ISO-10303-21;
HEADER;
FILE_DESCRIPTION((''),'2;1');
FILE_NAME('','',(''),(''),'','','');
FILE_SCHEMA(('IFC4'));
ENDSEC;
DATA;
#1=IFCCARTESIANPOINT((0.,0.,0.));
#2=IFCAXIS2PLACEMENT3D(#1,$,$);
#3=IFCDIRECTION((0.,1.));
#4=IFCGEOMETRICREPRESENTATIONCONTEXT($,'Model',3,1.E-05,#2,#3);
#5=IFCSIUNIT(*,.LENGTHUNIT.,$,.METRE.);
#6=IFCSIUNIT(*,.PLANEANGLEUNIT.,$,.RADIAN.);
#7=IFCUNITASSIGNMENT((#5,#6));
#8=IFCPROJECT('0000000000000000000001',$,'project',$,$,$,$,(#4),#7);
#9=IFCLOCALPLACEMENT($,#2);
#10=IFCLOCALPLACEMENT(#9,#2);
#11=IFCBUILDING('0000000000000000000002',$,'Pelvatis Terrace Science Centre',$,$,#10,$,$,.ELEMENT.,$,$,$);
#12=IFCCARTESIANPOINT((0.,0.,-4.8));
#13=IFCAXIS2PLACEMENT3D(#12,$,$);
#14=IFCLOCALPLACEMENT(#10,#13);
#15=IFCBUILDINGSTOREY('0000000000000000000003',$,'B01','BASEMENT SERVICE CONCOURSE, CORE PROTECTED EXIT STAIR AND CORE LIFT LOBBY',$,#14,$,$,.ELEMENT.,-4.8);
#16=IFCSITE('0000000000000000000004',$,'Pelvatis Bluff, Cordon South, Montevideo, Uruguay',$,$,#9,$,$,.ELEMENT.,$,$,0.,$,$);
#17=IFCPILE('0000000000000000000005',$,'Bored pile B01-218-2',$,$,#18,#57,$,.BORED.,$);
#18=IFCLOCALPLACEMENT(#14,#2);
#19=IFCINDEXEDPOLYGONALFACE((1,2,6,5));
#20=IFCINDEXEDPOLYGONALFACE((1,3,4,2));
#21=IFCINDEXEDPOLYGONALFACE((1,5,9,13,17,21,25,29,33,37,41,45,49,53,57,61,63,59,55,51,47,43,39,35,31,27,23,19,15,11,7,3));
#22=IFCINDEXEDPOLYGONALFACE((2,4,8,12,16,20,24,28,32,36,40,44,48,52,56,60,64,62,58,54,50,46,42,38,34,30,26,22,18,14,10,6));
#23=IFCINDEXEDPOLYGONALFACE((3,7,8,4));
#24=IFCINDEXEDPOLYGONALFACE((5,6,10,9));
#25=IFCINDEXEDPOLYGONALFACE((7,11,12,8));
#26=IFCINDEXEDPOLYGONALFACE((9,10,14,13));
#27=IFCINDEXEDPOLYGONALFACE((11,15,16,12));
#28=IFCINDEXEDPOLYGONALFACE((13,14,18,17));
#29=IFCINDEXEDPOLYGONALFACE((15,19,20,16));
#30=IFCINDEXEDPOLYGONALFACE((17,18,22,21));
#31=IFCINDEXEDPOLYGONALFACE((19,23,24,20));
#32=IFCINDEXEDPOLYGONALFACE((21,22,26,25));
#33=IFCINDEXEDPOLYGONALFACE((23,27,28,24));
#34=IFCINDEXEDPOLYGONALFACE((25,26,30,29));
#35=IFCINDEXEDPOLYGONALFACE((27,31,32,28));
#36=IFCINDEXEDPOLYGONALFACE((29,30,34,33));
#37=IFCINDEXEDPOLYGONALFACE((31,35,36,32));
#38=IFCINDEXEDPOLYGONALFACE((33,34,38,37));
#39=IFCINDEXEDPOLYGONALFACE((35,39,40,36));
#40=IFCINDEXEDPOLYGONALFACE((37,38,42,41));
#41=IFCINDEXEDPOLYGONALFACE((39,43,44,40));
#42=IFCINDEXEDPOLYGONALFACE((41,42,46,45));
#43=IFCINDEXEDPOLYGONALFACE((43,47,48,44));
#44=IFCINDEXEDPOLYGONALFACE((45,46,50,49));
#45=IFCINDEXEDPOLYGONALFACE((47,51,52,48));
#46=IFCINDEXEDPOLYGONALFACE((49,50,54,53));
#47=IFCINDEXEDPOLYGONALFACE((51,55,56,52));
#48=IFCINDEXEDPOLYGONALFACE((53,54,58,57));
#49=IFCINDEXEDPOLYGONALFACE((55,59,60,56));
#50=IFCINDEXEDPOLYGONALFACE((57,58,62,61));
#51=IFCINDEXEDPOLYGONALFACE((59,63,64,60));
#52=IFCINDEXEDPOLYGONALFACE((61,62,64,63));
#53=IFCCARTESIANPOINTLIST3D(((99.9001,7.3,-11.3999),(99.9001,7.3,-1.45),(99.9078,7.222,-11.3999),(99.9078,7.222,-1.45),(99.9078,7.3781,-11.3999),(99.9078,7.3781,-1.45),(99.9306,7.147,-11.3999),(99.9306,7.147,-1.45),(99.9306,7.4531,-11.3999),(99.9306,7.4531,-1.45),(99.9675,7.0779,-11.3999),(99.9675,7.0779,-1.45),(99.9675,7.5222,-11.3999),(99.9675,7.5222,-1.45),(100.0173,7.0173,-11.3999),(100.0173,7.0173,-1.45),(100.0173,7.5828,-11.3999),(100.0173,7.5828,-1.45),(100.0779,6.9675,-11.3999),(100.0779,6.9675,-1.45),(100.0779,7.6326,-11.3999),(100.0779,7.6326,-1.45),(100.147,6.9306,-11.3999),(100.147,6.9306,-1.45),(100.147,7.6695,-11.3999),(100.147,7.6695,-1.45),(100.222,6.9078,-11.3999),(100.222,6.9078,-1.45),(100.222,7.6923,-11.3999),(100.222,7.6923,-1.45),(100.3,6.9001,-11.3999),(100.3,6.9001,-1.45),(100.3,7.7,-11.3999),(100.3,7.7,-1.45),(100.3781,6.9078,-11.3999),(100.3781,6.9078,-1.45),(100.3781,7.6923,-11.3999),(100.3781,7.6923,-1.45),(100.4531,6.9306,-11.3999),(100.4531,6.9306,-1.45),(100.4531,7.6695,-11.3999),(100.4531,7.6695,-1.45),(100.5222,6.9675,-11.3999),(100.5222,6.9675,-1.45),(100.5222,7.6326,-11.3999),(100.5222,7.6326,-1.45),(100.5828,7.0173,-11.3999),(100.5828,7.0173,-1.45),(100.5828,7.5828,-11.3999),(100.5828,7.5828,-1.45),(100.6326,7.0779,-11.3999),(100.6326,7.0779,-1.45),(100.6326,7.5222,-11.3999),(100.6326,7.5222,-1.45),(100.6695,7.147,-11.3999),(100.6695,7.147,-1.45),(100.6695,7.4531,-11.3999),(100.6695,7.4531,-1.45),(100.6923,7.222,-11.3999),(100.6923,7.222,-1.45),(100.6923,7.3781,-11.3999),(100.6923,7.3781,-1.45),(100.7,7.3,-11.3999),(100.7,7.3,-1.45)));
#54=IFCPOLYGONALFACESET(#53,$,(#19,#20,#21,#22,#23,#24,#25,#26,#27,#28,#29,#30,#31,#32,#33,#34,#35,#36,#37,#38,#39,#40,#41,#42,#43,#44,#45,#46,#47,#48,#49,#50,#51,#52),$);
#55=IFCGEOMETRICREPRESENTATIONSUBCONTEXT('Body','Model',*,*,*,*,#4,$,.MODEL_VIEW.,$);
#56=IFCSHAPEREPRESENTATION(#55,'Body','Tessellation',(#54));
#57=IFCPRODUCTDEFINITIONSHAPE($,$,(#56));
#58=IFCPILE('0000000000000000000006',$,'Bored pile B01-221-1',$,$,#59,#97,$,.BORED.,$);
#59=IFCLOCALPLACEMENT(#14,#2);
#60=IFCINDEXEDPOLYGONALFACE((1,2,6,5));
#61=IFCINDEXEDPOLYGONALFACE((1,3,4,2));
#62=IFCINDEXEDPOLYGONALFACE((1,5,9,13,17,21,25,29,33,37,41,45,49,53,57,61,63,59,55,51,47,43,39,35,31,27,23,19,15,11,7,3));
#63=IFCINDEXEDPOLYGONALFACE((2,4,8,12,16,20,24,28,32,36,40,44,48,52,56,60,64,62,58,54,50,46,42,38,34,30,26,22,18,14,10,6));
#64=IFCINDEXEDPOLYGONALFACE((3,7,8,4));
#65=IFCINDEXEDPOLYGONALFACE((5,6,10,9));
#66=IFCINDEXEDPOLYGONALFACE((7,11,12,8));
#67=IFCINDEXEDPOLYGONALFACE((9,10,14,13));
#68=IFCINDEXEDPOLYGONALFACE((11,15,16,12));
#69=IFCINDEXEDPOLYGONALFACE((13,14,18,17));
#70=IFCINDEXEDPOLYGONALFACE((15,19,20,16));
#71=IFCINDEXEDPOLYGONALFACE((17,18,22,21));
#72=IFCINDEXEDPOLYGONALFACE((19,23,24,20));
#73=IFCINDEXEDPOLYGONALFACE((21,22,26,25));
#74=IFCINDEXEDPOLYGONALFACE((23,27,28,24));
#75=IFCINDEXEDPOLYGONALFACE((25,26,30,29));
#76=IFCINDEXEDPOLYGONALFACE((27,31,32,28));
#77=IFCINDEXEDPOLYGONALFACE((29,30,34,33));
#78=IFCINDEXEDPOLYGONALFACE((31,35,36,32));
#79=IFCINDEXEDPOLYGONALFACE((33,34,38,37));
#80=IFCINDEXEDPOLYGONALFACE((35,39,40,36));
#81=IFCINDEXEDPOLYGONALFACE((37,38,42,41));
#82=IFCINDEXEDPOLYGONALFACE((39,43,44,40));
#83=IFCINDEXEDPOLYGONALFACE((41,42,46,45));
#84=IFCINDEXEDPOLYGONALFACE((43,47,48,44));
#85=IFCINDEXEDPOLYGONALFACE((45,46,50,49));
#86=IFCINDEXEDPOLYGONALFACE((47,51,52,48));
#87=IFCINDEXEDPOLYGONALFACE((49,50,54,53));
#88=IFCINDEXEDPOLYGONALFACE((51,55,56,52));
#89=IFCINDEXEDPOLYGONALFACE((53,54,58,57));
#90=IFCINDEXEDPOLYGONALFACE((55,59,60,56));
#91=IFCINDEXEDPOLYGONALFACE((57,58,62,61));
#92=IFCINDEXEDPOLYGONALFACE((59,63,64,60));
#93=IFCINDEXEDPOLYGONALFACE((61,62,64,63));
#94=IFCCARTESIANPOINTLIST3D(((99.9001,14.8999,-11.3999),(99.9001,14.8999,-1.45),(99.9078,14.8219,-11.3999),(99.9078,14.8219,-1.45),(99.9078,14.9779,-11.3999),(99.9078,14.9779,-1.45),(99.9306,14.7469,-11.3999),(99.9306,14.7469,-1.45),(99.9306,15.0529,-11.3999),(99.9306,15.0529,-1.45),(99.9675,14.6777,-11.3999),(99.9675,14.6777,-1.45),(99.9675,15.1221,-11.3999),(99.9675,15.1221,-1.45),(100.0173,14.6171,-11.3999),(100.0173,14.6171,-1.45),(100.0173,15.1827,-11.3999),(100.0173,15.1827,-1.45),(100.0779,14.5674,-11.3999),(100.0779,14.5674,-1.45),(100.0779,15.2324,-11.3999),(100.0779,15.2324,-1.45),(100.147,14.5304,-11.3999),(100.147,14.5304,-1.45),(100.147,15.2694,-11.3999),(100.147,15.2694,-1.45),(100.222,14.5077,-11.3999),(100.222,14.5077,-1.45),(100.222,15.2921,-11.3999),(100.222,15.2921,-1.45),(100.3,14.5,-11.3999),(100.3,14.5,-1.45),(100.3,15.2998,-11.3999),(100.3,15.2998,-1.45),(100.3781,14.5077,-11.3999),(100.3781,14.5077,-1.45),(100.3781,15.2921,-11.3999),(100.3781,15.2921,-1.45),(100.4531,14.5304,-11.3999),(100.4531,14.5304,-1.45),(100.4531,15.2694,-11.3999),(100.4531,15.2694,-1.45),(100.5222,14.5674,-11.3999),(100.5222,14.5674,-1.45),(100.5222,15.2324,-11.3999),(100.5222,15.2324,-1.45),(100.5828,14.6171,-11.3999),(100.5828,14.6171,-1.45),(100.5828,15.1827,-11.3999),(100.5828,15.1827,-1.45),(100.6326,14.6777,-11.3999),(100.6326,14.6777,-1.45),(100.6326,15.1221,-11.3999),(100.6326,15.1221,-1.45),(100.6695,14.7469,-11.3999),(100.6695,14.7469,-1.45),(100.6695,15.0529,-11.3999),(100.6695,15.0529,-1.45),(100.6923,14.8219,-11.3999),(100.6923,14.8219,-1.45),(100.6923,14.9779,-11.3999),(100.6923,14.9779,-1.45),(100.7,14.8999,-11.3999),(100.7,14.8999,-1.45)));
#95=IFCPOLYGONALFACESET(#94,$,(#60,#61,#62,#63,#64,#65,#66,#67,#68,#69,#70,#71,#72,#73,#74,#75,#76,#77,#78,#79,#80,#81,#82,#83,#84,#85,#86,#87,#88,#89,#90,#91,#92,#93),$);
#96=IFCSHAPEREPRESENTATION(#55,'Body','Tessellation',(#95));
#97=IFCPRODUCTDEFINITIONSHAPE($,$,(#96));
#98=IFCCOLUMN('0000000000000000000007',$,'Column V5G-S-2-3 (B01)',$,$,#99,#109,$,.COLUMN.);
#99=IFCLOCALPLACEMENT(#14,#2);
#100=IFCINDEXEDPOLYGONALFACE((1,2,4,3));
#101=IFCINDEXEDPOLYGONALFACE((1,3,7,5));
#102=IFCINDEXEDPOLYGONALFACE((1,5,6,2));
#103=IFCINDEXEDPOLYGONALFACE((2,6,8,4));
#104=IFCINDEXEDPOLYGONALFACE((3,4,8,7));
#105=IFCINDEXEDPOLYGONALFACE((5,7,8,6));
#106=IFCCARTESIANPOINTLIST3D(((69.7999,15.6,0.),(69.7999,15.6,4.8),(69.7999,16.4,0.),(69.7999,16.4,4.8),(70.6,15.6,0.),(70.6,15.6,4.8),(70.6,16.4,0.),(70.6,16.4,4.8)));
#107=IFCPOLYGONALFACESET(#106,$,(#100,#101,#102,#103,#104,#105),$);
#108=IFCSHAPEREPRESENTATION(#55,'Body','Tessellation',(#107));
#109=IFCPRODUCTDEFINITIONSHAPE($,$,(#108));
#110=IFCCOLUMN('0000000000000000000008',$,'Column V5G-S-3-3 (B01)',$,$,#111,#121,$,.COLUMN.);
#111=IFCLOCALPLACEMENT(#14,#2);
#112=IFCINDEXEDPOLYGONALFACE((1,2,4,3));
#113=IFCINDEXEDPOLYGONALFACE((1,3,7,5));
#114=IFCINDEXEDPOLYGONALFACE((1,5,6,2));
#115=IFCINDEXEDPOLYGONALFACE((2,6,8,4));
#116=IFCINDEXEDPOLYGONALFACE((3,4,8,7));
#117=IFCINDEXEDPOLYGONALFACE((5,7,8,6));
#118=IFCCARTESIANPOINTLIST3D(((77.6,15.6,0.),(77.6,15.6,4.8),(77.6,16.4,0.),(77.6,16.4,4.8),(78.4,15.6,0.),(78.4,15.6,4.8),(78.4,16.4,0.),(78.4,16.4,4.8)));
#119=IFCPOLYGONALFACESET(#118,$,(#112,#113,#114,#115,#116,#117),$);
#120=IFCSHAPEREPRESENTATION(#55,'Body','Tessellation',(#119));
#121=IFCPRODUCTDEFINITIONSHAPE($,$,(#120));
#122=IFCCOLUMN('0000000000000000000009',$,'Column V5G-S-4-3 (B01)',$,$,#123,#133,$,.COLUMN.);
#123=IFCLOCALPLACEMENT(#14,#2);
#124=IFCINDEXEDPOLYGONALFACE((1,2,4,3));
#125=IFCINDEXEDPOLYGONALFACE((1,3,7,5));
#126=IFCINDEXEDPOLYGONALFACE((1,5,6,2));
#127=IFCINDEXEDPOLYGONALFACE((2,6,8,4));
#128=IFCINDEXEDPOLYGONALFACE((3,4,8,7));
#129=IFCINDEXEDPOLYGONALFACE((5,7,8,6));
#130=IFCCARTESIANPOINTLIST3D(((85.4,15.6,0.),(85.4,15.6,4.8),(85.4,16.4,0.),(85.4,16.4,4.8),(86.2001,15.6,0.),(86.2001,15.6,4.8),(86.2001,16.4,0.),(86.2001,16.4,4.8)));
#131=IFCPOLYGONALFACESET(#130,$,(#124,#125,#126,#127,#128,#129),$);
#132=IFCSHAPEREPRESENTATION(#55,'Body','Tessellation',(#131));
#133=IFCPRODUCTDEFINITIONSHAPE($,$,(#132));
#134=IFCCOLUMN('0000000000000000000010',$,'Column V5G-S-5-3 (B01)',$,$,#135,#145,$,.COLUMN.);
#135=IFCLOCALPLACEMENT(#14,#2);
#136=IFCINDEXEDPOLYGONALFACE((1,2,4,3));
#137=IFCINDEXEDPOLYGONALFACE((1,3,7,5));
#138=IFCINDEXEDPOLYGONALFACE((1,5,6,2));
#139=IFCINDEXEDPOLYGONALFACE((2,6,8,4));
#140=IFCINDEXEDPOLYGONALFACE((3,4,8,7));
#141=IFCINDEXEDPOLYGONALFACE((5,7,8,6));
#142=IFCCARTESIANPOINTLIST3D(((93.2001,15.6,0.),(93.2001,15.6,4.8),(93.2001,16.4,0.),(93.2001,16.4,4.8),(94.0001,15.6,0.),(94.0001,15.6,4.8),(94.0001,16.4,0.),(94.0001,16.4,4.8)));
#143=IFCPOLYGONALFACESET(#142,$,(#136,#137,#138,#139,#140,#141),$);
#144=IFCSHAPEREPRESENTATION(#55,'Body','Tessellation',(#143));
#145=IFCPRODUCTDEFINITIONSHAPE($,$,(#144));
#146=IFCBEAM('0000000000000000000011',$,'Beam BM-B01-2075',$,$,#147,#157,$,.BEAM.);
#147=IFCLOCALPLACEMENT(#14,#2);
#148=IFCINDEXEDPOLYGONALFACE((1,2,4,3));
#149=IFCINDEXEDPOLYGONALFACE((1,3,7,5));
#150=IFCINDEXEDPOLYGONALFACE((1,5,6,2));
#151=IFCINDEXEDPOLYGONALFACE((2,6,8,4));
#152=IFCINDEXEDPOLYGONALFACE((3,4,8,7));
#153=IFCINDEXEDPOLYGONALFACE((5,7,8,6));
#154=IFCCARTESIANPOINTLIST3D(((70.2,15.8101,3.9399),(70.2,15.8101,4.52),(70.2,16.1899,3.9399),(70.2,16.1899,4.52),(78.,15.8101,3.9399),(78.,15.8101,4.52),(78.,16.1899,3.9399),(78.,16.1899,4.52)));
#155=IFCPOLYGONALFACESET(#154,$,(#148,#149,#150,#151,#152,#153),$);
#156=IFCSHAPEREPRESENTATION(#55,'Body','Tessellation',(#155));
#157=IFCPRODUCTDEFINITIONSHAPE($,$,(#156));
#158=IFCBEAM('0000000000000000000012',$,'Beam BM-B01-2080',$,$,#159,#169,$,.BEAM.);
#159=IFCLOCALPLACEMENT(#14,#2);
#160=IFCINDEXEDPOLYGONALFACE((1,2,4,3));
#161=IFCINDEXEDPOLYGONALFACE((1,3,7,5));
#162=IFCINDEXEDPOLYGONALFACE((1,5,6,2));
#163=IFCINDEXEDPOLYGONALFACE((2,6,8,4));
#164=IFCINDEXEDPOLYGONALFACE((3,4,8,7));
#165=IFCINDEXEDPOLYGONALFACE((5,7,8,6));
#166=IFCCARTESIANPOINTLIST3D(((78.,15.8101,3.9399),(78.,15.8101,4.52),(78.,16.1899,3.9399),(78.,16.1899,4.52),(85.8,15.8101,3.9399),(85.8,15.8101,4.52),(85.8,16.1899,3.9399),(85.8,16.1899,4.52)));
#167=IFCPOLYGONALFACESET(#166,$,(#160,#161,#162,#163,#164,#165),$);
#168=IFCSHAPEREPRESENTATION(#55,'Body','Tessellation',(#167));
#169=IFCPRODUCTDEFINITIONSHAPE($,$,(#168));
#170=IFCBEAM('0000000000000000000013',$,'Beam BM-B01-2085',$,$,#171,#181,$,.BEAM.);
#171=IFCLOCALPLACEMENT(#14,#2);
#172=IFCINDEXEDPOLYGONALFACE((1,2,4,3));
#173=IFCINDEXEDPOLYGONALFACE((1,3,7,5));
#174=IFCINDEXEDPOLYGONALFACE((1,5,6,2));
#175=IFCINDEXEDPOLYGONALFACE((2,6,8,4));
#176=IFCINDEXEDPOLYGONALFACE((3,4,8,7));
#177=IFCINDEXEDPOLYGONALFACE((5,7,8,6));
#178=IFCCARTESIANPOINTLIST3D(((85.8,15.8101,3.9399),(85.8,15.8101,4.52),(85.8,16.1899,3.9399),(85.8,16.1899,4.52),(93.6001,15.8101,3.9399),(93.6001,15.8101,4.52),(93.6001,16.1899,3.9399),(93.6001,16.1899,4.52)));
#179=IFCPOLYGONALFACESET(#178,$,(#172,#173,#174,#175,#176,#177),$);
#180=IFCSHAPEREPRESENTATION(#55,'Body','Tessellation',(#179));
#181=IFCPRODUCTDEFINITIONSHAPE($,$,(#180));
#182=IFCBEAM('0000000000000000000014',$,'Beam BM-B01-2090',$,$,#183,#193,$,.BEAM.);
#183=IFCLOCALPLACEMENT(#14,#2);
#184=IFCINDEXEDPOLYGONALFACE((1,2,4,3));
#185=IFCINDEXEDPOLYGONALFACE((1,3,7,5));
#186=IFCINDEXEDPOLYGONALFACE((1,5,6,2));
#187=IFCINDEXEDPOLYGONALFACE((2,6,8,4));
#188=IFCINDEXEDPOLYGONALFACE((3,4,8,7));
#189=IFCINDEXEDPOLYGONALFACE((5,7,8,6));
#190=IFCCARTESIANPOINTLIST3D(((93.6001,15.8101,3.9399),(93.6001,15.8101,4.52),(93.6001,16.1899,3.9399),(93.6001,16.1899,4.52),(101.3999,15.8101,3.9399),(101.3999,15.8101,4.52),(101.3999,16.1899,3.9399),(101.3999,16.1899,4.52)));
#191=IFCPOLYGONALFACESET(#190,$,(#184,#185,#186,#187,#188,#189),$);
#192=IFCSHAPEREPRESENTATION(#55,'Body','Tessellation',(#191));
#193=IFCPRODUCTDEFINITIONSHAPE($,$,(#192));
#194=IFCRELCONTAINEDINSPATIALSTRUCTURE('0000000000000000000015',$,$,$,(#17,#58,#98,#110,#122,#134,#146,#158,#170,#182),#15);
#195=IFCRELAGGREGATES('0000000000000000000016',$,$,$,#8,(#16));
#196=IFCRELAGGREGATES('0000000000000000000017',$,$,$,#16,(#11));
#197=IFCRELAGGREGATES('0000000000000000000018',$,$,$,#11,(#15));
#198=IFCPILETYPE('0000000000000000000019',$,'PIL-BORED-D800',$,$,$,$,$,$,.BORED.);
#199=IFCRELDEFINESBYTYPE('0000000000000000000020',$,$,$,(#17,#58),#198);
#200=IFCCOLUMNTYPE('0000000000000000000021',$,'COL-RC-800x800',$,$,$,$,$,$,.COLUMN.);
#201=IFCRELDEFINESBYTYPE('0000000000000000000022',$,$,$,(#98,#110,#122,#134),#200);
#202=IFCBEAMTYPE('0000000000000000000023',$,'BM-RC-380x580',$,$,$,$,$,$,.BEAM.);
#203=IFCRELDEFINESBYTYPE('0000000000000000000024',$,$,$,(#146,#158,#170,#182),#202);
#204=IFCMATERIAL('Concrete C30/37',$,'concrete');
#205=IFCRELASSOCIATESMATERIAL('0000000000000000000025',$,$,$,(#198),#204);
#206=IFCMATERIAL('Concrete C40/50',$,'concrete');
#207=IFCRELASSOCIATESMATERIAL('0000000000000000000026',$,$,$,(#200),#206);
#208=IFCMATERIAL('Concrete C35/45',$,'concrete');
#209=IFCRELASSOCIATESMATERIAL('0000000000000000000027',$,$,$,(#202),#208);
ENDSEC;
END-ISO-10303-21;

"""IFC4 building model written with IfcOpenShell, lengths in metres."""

from ifc_helpers import new_model, si_unit, direction, frame, origin, origin_2d, place, context, subcontext, project, spatial, rectangle, circle, extrude, material, material_profile, profile_set, type_object, element, save


model = new_model("IFC4")

# Units and contexts
model_context = context("Model", 3, precision=1e-05, world=origin(), true_north=direction((0.0, 1.0)))
body_context = subcontext(model_context, "Body", "Model", "MODEL_VIEW")
ifc_project = project(units=[si_unit("LENGTHUNIT", "METRE"), si_unit("PLANEANGLEUNIT", "RADIAN")], contexts=[model_context])

# Site, building, storey
site_placement = place(None, origin())
site = spatial("IfcSite", under=ifc_project, at=site_placement, Name="Pelvatis Bluff, Cordon South, Montevideo, Uruguay", CompositionType="ELEMENT", RefElevation=0.0)
building_placement = place(site_placement, origin())
building = spatial("IfcBuilding", under=site, at=building_placement, Name="Pelvatis Terrace Science Centre", CompositionType="ELEMENT")
storey_placement = place(building_placement, frame((0.0, 0.0, -4.8)))
storey = spatial("IfcBuildingStorey", under=building, at=storey_placement, Name="B01", Description="BASEMENT SERVICE CONCOURSE, CORE PROTECTED EXIT STAIR AND CORE LIFT LOBBY", CompositionType="ELEMENT", Elevation=-4.8)

# Piles
ifc_material_1 = material(Name="Concrete C30/37", Category="concrete")
ifc_material_profile_1 = material_profile(ifc_material_1, circle(Radius=0.3999, at=origin_2d()), Name="PILE D800")
ifc_profile_set_1 = profile_set([ifc_material_profile_1], Name="Concrete C30/37")
pile_type = type_object("IfcPileType", Name="PIL-BORED-D800", PredefinedType="BORED", material=ifc_profile_set_1)
for number, where, z_axis, x_axis, name in (
    (1, (100.3, 7.3, -1.45), (0.0, 0.0, -1.0), (1.0, 0.0, 0.0), "Bored pile B01-218-2"),
    (2, (100.3, 14.8999, -1.45), (0.0, 0.0, -1.0), (1.0, 0.0, 0.0), "Bored pile B01-221-1"),
):
    element("IfcPile", number, at=place(storey_placement, frame(where, z_axis=z_axis, x_axis=x_axis)), inside=storey, type_object=pile_type, Name=name, PredefinedType="BORED", context=body_context, shape_type="SweptSolid", body=[
        extrude(circle(Radius=0.3999, at=origin_2d()), origin(), (0.0, 0.0, 1.0), 9.95),
    ])

# Columns
ifc_material_2 = material(Name="Concrete C40/50", Category="concrete")
ifc_material_profile_2 = material_profile(ifc_material_2, rectangle(XDim=0.8, YDim=0.8, at=origin_2d()), Name="RC-COL 800x800")
ifc_profile_set_2 = profile_set([ifc_material_profile_2], Name="Concrete C40/50")
column_type = type_object("IfcColumnType", Name="COL-RC-800x800", PredefinedType="COLUMN", material=ifc_profile_set_2)
for number, where, z_axis, x_axis, name in (
    (3, (70.2, 16.0, 0.0), (0.0, 0.0, 1.0), (1.0, 0.0, 0.0), "Column V5G-S-2-3 (B01)"),
    (4, (78.0, 16.0, 0.0), (0.0, 0.0, 1.0), (1.0, 0.0, 0.0), "Column V5G-S-3-3 (B01)"),
    (5, (85.8, 16.0, 0.0), (0.0, 0.0, 1.0), (1.0, 0.0, 0.0), "Column V5G-S-4-3 (B01)"),
    (6, (93.6001, 16.0, 0.0), (0.0, 0.0, 1.0), (1.0, 0.0, 0.0), "Column V5G-S-5-3 (B01)"),
):
    element("IfcColumn", number, at=place(storey_placement, frame(where, z_axis=z_axis, x_axis=x_axis)), inside=storey, type_object=column_type, Name=name, PredefinedType="COLUMN", context=body_context, shape_type="SweptSolid", body=[
        extrude(rectangle(XDim=0.8, YDim=0.8, at=origin_2d()), origin(), (0.0, 0.0, 1.0), 4.8),
    ])

# Beams
ifc_material_3 = material(Name="Concrete C35/45", Category="concrete")
ifc_material_profile_3 = material_profile(ifc_material_3, rectangle(XDim=0.3799, YDim=0.5801, at=origin_2d()), Name="RC-BM 380x580")
ifc_profile_set_3 = profile_set([ifc_material_profile_3], Name="Concrete C35/45")
beam_type = type_object("IfcBeamType", Name="BM-RC-380x580", PredefinedType="BEAM", material=ifc_profile_set_3)
for number, where, z_axis, x_axis, name in (
    (7, (70.2, 16.0, 4.23), (1.0, 0.0, 0.0), (0.0, 1.0, 0.0), "Beam BM-B01-2075"),
    (8, (78.0, 16.0, 4.23), (1.0, 0.0, 0.0), (0.0, 1.0, 0.0), "Beam BM-B01-2080"),
    (9, (85.8, 16.0, 4.23), (1.0, 0.0, 0.0), (0.0, 1.0, 0.0), "Beam BM-B01-2085"),
):
    element("IfcBeam", number, at=place(storey_placement, frame(where, z_axis=z_axis, x_axis=x_axis)), inside=storey, type_object=beam_type, Name=name, PredefinedType="BEAM", context=body_context, shape_type="SweptSolid", body=[
        extrude(rectangle(XDim=0.3799, YDim=0.5801, at=origin_2d()), origin(), (0.0, 0.0, 1.0), 7.8),
    ])
beam_placement = place(storey_placement, frame((93.6001, 16.0, 4.23), z_axis=(1.0, 0.0, 0.0), x_axis=(0.0, 1.0, 0.0)))
element("IfcBeam", 10, at=beam_placement, inside=storey, type_object=beam_type, Name="Beam BM-B01-2090", PredefinedType="BEAM", context=body_context, shape_type="SweptSolid", body=[
    extrude(rectangle(XDim=0.3799, YDim=0.5801, at=origin_2d()), origin(), (0.0, 0.0, 1.0), 7.7998),
])

save(model, "model.ifc")
